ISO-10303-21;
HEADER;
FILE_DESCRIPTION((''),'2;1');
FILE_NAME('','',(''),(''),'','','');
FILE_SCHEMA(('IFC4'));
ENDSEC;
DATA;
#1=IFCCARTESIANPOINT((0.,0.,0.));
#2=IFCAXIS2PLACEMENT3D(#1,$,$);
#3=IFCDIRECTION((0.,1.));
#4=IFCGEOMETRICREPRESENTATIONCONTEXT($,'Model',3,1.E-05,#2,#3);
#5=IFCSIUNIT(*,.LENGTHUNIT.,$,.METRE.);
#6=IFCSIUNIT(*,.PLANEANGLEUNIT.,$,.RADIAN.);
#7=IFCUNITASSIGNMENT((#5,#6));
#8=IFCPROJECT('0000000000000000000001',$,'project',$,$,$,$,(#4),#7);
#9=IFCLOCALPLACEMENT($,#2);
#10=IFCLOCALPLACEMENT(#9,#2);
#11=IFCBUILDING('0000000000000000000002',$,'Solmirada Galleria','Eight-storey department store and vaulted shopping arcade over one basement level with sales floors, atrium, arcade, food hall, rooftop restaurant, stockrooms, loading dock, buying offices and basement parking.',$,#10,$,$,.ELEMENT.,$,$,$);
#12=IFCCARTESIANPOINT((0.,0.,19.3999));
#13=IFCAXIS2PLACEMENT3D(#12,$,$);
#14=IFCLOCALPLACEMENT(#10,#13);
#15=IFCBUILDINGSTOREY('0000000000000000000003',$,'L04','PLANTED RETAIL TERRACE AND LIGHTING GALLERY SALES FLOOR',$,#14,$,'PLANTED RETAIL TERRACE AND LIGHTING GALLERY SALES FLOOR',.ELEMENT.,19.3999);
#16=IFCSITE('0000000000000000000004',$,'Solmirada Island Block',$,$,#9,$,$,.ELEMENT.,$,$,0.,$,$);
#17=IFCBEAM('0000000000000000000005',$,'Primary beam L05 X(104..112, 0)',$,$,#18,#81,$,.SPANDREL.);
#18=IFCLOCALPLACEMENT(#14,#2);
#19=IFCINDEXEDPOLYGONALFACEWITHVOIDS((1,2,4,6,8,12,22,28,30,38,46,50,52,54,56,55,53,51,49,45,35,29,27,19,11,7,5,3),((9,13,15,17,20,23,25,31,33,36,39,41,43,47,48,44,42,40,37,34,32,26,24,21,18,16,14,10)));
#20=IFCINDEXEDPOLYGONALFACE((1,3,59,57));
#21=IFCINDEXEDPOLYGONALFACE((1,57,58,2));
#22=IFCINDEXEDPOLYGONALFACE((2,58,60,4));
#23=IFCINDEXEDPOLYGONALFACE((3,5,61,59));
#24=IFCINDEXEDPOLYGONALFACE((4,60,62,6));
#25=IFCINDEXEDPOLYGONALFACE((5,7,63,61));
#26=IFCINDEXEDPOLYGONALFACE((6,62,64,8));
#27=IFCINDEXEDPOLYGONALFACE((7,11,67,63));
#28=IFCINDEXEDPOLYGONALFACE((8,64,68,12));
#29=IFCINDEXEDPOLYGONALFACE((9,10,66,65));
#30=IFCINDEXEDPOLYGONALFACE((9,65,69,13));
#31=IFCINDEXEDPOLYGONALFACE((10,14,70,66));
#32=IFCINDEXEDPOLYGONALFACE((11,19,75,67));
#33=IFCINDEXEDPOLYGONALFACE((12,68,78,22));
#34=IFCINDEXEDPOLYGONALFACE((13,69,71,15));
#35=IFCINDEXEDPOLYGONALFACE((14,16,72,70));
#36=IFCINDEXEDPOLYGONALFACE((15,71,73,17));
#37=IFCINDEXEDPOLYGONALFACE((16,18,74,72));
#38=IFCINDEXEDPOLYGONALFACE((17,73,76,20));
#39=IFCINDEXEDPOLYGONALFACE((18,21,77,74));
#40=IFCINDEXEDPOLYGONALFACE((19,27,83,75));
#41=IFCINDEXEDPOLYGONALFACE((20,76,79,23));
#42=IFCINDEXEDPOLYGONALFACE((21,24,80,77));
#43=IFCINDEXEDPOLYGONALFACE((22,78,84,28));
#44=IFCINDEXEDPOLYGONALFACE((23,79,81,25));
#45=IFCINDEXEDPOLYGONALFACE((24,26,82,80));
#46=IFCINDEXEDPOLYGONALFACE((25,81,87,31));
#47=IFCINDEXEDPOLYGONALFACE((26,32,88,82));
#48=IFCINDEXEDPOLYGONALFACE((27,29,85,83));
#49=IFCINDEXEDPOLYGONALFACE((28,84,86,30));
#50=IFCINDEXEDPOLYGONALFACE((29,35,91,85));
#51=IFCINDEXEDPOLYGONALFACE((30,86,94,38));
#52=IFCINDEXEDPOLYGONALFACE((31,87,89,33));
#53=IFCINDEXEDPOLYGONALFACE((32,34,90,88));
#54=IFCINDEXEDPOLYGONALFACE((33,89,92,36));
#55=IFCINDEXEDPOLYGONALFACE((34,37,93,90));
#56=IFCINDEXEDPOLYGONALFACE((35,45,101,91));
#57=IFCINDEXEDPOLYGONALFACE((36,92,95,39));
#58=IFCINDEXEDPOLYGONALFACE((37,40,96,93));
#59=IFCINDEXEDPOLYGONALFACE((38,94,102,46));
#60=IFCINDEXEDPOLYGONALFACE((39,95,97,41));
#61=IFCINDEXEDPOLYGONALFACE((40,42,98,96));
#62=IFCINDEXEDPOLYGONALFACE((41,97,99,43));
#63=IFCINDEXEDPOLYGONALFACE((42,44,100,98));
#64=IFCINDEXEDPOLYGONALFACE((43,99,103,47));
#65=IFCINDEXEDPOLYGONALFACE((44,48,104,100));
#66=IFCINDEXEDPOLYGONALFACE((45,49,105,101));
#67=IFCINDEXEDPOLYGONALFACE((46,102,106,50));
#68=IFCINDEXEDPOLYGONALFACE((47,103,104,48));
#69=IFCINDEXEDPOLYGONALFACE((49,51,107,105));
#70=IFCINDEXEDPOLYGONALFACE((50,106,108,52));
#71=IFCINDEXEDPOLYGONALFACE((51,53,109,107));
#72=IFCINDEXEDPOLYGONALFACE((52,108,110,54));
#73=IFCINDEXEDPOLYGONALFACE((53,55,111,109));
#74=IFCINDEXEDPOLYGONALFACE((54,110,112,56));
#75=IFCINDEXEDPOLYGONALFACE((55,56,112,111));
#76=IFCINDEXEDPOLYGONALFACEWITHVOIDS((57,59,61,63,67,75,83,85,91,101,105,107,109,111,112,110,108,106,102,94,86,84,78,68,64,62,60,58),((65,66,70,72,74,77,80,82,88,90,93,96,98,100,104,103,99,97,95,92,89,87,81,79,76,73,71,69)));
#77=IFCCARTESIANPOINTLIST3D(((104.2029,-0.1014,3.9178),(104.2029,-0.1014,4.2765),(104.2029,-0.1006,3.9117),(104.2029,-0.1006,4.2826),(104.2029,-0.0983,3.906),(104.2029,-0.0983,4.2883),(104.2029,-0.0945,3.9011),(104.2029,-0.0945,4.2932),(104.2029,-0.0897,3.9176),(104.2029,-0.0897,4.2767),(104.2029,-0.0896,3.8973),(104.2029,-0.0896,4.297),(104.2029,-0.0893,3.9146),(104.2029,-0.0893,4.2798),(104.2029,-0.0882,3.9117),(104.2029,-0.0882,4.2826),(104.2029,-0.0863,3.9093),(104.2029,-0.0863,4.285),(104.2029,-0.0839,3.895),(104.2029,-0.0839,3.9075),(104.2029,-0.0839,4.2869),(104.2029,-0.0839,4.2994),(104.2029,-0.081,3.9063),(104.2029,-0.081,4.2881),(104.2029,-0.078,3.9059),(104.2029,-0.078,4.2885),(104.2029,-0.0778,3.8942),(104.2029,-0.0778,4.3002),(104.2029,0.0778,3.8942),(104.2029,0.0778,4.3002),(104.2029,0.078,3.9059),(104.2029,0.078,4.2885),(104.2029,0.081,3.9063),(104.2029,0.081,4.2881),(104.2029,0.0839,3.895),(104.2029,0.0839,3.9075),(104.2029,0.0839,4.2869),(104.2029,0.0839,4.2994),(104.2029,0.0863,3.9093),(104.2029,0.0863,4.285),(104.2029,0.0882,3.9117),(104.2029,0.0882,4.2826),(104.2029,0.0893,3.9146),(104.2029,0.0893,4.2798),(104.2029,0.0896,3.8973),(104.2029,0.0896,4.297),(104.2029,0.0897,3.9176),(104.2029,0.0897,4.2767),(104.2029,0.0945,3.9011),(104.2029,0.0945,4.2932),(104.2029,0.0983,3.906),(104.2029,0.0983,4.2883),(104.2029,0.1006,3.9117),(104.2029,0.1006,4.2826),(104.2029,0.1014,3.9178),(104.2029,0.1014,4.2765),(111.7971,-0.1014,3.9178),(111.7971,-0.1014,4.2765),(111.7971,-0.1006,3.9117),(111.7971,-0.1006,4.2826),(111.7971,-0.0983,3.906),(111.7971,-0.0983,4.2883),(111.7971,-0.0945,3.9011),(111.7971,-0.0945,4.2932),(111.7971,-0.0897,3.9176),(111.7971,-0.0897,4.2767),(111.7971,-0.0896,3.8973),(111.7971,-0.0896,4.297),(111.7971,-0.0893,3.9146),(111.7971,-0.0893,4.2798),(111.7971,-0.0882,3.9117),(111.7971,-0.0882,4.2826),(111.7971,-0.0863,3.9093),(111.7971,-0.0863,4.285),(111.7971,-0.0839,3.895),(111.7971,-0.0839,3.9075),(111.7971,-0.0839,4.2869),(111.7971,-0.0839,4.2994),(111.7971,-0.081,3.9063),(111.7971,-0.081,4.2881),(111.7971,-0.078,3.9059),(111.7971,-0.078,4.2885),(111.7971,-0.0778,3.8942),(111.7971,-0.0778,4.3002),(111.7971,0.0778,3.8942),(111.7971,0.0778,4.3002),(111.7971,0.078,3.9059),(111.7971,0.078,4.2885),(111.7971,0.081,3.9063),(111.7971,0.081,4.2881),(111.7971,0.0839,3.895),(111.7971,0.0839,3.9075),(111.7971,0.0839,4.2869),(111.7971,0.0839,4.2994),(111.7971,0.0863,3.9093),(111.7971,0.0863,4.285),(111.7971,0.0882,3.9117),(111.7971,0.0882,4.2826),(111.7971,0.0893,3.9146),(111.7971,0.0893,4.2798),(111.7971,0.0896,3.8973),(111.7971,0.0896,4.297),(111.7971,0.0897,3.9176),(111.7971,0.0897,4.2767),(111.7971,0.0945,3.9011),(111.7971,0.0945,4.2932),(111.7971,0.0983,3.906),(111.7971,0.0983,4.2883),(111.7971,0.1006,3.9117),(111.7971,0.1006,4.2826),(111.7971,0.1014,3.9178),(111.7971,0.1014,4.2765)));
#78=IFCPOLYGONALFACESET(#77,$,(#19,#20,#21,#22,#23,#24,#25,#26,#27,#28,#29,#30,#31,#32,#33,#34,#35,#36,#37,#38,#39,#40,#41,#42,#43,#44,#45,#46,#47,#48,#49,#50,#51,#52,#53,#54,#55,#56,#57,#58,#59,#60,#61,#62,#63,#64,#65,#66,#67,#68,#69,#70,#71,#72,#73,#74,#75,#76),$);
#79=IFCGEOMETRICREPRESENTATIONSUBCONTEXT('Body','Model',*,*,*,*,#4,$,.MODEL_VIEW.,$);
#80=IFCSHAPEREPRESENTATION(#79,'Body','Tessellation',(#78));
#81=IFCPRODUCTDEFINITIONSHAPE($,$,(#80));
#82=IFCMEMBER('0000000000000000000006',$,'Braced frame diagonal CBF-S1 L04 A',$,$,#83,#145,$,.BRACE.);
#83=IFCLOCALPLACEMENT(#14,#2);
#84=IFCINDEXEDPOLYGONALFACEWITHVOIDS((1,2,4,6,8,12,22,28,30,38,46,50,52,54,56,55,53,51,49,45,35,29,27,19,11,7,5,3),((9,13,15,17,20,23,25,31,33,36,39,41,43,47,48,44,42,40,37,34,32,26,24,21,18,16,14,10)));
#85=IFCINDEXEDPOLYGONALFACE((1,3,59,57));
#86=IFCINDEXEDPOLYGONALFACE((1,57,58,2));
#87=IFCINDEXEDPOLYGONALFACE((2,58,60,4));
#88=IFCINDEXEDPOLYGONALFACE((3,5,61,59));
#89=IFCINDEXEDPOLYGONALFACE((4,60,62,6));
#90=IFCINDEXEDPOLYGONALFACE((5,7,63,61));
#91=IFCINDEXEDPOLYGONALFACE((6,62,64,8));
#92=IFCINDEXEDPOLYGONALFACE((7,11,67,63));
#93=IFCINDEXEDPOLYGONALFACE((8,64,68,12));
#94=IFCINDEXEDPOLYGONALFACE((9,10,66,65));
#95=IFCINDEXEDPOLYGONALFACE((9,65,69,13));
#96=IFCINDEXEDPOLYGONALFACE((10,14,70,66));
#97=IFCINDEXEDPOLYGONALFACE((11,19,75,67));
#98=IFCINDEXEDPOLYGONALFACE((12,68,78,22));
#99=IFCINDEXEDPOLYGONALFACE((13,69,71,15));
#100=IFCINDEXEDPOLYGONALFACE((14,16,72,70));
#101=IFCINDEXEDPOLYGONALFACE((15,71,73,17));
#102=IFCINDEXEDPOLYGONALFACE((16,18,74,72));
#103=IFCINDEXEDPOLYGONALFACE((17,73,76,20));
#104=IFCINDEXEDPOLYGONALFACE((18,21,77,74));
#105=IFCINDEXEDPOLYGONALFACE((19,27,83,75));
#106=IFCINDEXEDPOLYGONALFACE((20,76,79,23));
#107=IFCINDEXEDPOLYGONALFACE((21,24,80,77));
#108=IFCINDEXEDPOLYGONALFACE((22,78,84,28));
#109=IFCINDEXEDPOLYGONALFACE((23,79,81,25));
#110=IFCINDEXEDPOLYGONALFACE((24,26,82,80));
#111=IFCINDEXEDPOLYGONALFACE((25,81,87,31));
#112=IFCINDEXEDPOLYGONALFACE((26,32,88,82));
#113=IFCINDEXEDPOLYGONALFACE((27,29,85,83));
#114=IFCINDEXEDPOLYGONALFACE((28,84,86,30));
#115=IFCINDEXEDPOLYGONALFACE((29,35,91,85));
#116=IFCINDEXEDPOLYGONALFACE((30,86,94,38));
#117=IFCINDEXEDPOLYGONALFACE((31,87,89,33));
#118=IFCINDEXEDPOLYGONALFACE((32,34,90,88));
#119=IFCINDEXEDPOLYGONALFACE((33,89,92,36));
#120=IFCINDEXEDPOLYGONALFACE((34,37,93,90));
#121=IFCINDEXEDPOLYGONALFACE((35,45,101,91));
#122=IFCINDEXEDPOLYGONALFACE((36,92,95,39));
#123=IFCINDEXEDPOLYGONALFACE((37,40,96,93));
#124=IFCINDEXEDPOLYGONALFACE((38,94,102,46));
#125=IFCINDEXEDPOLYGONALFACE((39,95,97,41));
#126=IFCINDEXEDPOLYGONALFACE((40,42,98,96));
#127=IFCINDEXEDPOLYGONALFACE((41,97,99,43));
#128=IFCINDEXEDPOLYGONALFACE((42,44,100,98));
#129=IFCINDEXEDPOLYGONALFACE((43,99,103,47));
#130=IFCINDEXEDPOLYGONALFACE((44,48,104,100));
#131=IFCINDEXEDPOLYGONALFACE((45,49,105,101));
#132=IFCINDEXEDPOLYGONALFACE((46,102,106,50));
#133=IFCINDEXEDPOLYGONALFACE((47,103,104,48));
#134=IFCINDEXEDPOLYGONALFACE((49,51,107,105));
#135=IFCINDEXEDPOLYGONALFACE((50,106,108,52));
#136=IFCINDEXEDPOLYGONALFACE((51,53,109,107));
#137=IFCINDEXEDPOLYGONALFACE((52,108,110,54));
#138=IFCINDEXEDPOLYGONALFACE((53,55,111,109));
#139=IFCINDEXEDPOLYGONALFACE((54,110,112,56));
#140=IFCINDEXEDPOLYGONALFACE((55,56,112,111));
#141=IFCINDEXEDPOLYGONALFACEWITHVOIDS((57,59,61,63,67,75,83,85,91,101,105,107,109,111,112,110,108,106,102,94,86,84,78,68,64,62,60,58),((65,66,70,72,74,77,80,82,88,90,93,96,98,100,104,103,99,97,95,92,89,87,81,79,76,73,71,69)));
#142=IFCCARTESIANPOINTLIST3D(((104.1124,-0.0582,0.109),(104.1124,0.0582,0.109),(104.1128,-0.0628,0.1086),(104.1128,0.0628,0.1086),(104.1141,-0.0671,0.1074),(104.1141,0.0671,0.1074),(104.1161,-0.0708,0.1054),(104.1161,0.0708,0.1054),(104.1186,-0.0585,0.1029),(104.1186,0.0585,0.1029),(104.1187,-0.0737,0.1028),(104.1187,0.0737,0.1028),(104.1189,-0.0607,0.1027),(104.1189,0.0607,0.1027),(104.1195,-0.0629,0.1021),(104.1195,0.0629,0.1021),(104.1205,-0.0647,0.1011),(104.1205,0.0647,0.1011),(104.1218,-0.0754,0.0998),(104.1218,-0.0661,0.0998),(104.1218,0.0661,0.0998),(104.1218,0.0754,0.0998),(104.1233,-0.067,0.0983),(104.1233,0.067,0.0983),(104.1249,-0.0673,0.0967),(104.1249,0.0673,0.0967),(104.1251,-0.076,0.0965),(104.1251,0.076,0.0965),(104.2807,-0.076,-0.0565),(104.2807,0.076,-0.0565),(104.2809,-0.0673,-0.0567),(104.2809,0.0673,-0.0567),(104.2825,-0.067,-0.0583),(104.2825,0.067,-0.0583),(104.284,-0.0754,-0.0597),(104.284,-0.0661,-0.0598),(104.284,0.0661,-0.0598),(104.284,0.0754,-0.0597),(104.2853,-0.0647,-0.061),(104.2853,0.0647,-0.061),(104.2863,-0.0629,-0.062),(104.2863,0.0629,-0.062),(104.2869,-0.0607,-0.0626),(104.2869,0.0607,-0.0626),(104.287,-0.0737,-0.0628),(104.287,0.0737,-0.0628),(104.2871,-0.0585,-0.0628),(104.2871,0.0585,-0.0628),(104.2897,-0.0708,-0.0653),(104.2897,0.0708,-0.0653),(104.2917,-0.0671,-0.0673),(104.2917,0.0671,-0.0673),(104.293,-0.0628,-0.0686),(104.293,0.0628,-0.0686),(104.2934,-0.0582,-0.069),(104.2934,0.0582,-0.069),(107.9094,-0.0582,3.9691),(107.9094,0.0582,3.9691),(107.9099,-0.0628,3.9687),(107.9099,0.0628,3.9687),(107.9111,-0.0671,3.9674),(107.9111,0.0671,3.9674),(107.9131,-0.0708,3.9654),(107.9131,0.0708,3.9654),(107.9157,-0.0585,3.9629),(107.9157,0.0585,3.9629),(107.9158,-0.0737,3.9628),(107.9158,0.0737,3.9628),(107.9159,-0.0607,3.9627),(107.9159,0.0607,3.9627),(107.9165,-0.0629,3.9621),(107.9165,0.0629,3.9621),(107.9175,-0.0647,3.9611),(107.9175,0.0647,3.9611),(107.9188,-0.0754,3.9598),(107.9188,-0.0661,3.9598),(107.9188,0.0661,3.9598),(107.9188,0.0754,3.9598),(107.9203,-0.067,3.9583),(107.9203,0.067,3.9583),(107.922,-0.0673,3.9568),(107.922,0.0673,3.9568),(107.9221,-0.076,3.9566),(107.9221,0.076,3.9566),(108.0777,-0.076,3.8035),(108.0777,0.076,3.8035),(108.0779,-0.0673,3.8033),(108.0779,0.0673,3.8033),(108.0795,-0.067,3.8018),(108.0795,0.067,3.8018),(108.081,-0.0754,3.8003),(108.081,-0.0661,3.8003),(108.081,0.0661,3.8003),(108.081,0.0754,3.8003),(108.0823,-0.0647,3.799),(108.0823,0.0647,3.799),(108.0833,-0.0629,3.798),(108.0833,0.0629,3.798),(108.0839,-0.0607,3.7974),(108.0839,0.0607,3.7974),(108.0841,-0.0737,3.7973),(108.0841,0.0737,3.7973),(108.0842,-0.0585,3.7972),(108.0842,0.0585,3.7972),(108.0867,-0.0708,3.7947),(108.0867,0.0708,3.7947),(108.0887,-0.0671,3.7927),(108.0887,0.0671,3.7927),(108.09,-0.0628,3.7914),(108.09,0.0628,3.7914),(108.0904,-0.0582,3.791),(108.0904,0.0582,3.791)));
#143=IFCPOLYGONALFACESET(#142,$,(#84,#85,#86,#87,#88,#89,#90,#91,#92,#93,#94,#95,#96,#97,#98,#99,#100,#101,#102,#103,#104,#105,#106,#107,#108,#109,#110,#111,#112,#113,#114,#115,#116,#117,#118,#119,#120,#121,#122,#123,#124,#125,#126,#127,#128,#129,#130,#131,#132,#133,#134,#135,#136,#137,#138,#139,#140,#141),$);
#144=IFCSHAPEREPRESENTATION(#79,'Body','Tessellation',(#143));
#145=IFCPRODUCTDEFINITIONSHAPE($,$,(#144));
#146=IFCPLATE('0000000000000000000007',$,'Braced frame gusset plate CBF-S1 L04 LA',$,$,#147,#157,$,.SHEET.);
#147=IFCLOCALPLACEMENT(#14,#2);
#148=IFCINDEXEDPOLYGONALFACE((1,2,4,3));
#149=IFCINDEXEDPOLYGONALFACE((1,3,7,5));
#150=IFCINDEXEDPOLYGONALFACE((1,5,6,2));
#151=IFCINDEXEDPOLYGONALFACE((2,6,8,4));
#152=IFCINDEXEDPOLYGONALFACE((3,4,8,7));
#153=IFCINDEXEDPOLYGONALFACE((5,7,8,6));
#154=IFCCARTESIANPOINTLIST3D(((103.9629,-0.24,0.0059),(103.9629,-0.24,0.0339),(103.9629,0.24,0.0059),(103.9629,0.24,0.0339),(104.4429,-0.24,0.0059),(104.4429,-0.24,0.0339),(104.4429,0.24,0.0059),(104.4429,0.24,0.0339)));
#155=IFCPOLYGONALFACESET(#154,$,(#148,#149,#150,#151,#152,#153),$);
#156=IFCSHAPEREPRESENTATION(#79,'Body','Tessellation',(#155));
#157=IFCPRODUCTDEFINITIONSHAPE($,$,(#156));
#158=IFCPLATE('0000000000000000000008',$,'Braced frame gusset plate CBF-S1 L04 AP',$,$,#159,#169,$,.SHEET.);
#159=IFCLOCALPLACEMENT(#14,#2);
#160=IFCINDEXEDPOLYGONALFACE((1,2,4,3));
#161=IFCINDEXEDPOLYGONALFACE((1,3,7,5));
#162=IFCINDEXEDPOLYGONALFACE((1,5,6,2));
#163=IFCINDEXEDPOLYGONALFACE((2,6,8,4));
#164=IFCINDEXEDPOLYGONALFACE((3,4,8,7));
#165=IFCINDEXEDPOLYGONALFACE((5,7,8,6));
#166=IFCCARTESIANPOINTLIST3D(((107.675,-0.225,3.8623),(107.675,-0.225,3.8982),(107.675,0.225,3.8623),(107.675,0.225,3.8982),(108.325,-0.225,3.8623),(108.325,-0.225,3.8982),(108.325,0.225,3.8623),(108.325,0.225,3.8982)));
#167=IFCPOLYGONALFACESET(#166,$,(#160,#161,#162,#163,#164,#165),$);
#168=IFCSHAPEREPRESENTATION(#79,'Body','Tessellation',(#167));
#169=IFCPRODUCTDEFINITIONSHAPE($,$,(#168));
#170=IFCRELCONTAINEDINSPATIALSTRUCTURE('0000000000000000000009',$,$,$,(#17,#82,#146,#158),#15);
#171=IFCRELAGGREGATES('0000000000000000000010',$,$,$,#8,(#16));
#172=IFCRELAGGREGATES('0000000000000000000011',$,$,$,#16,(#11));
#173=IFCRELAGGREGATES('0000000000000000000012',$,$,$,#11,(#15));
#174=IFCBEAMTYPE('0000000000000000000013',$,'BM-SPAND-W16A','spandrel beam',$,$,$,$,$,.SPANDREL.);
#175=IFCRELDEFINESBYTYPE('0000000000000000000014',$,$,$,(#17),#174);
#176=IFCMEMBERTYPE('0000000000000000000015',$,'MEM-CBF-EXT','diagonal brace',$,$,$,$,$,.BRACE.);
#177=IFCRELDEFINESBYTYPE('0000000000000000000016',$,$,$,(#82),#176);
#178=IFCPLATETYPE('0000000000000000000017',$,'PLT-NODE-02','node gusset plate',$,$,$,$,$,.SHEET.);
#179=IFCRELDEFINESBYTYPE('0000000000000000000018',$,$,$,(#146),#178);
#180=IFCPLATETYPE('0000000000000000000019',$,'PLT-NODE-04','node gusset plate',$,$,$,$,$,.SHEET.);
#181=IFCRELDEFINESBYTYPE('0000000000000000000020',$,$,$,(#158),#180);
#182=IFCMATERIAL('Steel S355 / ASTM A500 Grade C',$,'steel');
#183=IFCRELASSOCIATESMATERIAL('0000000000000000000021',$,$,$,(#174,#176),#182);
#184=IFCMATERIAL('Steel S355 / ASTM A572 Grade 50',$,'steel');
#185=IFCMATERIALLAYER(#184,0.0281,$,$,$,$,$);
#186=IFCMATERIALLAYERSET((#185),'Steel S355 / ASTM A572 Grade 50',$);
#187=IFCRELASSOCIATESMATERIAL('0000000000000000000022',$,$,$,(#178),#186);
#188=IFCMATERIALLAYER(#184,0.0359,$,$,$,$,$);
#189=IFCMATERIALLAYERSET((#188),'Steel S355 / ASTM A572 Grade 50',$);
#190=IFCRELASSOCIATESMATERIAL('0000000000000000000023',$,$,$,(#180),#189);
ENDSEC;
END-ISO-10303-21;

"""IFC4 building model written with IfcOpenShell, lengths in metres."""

from ifc_helpers import new_model, si_unit, direction, frame, origin, origin_2d, place, context, subcontext, project, spatial, rectangle, hollow_rectangle, extrude, material, layer, layer_set, material_profile, profile_set, type_object, element, save


model = new_model("IFC4")

# Units and contexts
model_context = context("Model", 3, precision=1e-05, world=origin(), true_north=direction((0.0, 1.0)))
body_context = subcontext(model_context, "Body", "Model", "MODEL_VIEW")
ifc_project = project(units=[si_unit("LENGTHUNIT", "METRE"), si_unit("PLANEANGLEUNIT", "RADIAN")], contexts=[model_context])

# Site, building, storey
site_placement = place(None, origin())
site = spatial("IfcSite", under=ifc_project, at=site_placement, Name="Solmirada Island Block", CompositionType="ELEMENT", RefElevation=0.0)
building_placement = place(site_placement, origin())
building = spatial("IfcBuilding", under=site, at=building_placement, Name="Solmirada Galleria", Description="Eight-storey department store and vaulted shopping arcade over one basement level with sales floors, atrium, arcade, food hall, rooftop restaurant, stockrooms, loading dock, buying offices and basement parking.", CompositionType="ELEMENT")
storey_placement = place(building_placement, frame((0.0, 0.0, 19.3999)))
storey = spatial("IfcBuildingStorey", under=building, at=storey_placement, Name="L04", Description="PLANTED RETAIL TERRACE AND LIGHTING GALLERY SALES FLOOR", LongName="PLANTED RETAIL TERRACE AND LIGHTING GALLERY SALES FLOOR", CompositionType="ELEMENT", Elevation=19.3999)

# Shared definitions
ifc_material_1 = material(Name="Steel S355 / ASTM A500 Grade C", Category="steel")

# Beam
ifc_material_profile_1 = material_profile(ifc_material_1, hollow_rectangle(XDim=0.2029, YDim=0.406, WallThickness=0.0117, InnerFilletRadius=0.0117, OuterFilletRadius=0.0237, at=origin_2d()), Name="HSS16X8X1/2")
ifc_profile_set_1 = profile_set([ifc_material_profile_1], Name="Steel S355 / ASTM A500 Grade C")
beam_type_1 = type_object("IfcBeamType", Name="BM-SPAND-W16A", Description="spandrel beam", PredefinedType="SPANDREL", material=ifc_profile_set_1)
beam_1_placement = place(storey_placement, frame((104.2029, 0.0, 4.0972), z_axis=(1.0, 0.0, 0.0), x_axis=(0.0, 1.0, 0.0)))
element("IfcBeam", 1, at=beam_1_placement, inside=storey, type_object=beam_type_1, Name="Primary beam L05 X(104..112, 0)", PredefinedType="SPANDREL", context=body_context, shape_type="SweptSolid", body=[
    extrude(hollow_rectangle(XDim=0.2029, YDim=0.406, WallThickness=0.0117, InnerFilletRadius=0.0117, OuterFilletRadius=0.0237, at=origin_2d()), origin(), (0.0, 0.0, 1.0), 7.5942),
])

# Member
ifc_material_profile_2 = material_profile(ifc_material_1, hollow_rectangle(XDim=0.1521, YDim=0.2539, WallThickness=0.0088, InnerFilletRadius=0.0088, OuterFilletRadius=0.0178, at=origin_2d()), Name="HSS10X6X3/8")
ifc_profile_set_2 = profile_set([ifc_material_profile_2], Name="Steel S355 / ASTM A500 Grade C")
member_type = type_object("IfcMemberType", Name="MEM-CBF-EXT", Description="diagonal brace", PredefinedType="BRACE", material=ifc_profile_set_2)
member_placement = place(storey_placement, frame((104.2029, 0.0, 0.02), z_axis=(0.701266, 0.0, 0.712899), x_axis=(0.0, 1.0, 0.0)))
element("IfcMember", 2, at=member_placement, inside=storey, type_object=member_type, Name="Braced frame diagonal CBF-S1 L04 A", PredefinedType="BRACE", context=body_context, shape_type="SweptSolid", body=[
    extrude(hollow_rectangle(XDim=0.1521, YDim=0.2539, WallThickness=0.0088, InnerFilletRadius=0.0088, OuterFilletRadius=0.0178, at=origin_2d()), origin(), (0.0, 0.0, 1.0), 5.4146),
])

# Plates
ifc_material_2 = material(Name="Steel S355 / ASTM A572 Grade 50", Category="steel")
ifc_layer_1 = layer(ifc_material_2, 0.0281)
ifc_layer_set_1 = layer_set([ifc_layer_1], Name="Steel S355 / ASTM A572 Grade 50")
plate_type_1 = type_object("IfcPlateType", Name="PLT-NODE-02", Description="node gusset plate", PredefinedType="SHEET", material=ifc_layer_set_1)
plate_1_placement = place(storey_placement, frame((104.2029, 0.0, 0.0059), z_axis=(0.0, 0.0, 1.0), x_axis=(1.0, 0.0, 0.0)))
element("IfcPlate", 3, at=plate_1_placement, inside=storey, type_object=plate_type_1, Name="Braced frame gusset plate CBF-S1 L04 LA", PredefinedType="SHEET", context=body_context, shape_type="SweptSolid", body=[
    extrude(rectangle(XDim=0.48, YDim=0.48, at=origin_2d()), origin(), (0.0, 0.0, 1.0), 0.0281),
])
ifc_layer_2 = layer(ifc_material_2, 0.0359)
ifc_layer_set_2 = layer_set([ifc_layer_2], Name="Steel S355 / ASTM A572 Grade 50")
plate_type_2 = type_object("IfcPlateType", Name="PLT-NODE-04", Description="node gusset plate", PredefinedType="SHEET", material=ifc_layer_set_2)
plate_2_placement = place(storey_placement, frame((108.0, 0.0, 3.8623), z_axis=(0.0, 0.0, 1.0), x_axis=(1.0, 0.0, 0.0)))
element("IfcPlate", 4, at=plate_2_placement, inside=storey, type_object=plate_type_2, Name="Braced frame gusset plate CBF-S1 L04 AP", PredefinedType="SHEET", context=body_context, shape_type="SweptSolid", body=[
    extrude(rectangle(XDim=0.6499, YDim=0.45, at=origin_2d()), origin(), (0.0, 0.0, 1.0), 0.0359),
])

save(model, "model.ifc")
